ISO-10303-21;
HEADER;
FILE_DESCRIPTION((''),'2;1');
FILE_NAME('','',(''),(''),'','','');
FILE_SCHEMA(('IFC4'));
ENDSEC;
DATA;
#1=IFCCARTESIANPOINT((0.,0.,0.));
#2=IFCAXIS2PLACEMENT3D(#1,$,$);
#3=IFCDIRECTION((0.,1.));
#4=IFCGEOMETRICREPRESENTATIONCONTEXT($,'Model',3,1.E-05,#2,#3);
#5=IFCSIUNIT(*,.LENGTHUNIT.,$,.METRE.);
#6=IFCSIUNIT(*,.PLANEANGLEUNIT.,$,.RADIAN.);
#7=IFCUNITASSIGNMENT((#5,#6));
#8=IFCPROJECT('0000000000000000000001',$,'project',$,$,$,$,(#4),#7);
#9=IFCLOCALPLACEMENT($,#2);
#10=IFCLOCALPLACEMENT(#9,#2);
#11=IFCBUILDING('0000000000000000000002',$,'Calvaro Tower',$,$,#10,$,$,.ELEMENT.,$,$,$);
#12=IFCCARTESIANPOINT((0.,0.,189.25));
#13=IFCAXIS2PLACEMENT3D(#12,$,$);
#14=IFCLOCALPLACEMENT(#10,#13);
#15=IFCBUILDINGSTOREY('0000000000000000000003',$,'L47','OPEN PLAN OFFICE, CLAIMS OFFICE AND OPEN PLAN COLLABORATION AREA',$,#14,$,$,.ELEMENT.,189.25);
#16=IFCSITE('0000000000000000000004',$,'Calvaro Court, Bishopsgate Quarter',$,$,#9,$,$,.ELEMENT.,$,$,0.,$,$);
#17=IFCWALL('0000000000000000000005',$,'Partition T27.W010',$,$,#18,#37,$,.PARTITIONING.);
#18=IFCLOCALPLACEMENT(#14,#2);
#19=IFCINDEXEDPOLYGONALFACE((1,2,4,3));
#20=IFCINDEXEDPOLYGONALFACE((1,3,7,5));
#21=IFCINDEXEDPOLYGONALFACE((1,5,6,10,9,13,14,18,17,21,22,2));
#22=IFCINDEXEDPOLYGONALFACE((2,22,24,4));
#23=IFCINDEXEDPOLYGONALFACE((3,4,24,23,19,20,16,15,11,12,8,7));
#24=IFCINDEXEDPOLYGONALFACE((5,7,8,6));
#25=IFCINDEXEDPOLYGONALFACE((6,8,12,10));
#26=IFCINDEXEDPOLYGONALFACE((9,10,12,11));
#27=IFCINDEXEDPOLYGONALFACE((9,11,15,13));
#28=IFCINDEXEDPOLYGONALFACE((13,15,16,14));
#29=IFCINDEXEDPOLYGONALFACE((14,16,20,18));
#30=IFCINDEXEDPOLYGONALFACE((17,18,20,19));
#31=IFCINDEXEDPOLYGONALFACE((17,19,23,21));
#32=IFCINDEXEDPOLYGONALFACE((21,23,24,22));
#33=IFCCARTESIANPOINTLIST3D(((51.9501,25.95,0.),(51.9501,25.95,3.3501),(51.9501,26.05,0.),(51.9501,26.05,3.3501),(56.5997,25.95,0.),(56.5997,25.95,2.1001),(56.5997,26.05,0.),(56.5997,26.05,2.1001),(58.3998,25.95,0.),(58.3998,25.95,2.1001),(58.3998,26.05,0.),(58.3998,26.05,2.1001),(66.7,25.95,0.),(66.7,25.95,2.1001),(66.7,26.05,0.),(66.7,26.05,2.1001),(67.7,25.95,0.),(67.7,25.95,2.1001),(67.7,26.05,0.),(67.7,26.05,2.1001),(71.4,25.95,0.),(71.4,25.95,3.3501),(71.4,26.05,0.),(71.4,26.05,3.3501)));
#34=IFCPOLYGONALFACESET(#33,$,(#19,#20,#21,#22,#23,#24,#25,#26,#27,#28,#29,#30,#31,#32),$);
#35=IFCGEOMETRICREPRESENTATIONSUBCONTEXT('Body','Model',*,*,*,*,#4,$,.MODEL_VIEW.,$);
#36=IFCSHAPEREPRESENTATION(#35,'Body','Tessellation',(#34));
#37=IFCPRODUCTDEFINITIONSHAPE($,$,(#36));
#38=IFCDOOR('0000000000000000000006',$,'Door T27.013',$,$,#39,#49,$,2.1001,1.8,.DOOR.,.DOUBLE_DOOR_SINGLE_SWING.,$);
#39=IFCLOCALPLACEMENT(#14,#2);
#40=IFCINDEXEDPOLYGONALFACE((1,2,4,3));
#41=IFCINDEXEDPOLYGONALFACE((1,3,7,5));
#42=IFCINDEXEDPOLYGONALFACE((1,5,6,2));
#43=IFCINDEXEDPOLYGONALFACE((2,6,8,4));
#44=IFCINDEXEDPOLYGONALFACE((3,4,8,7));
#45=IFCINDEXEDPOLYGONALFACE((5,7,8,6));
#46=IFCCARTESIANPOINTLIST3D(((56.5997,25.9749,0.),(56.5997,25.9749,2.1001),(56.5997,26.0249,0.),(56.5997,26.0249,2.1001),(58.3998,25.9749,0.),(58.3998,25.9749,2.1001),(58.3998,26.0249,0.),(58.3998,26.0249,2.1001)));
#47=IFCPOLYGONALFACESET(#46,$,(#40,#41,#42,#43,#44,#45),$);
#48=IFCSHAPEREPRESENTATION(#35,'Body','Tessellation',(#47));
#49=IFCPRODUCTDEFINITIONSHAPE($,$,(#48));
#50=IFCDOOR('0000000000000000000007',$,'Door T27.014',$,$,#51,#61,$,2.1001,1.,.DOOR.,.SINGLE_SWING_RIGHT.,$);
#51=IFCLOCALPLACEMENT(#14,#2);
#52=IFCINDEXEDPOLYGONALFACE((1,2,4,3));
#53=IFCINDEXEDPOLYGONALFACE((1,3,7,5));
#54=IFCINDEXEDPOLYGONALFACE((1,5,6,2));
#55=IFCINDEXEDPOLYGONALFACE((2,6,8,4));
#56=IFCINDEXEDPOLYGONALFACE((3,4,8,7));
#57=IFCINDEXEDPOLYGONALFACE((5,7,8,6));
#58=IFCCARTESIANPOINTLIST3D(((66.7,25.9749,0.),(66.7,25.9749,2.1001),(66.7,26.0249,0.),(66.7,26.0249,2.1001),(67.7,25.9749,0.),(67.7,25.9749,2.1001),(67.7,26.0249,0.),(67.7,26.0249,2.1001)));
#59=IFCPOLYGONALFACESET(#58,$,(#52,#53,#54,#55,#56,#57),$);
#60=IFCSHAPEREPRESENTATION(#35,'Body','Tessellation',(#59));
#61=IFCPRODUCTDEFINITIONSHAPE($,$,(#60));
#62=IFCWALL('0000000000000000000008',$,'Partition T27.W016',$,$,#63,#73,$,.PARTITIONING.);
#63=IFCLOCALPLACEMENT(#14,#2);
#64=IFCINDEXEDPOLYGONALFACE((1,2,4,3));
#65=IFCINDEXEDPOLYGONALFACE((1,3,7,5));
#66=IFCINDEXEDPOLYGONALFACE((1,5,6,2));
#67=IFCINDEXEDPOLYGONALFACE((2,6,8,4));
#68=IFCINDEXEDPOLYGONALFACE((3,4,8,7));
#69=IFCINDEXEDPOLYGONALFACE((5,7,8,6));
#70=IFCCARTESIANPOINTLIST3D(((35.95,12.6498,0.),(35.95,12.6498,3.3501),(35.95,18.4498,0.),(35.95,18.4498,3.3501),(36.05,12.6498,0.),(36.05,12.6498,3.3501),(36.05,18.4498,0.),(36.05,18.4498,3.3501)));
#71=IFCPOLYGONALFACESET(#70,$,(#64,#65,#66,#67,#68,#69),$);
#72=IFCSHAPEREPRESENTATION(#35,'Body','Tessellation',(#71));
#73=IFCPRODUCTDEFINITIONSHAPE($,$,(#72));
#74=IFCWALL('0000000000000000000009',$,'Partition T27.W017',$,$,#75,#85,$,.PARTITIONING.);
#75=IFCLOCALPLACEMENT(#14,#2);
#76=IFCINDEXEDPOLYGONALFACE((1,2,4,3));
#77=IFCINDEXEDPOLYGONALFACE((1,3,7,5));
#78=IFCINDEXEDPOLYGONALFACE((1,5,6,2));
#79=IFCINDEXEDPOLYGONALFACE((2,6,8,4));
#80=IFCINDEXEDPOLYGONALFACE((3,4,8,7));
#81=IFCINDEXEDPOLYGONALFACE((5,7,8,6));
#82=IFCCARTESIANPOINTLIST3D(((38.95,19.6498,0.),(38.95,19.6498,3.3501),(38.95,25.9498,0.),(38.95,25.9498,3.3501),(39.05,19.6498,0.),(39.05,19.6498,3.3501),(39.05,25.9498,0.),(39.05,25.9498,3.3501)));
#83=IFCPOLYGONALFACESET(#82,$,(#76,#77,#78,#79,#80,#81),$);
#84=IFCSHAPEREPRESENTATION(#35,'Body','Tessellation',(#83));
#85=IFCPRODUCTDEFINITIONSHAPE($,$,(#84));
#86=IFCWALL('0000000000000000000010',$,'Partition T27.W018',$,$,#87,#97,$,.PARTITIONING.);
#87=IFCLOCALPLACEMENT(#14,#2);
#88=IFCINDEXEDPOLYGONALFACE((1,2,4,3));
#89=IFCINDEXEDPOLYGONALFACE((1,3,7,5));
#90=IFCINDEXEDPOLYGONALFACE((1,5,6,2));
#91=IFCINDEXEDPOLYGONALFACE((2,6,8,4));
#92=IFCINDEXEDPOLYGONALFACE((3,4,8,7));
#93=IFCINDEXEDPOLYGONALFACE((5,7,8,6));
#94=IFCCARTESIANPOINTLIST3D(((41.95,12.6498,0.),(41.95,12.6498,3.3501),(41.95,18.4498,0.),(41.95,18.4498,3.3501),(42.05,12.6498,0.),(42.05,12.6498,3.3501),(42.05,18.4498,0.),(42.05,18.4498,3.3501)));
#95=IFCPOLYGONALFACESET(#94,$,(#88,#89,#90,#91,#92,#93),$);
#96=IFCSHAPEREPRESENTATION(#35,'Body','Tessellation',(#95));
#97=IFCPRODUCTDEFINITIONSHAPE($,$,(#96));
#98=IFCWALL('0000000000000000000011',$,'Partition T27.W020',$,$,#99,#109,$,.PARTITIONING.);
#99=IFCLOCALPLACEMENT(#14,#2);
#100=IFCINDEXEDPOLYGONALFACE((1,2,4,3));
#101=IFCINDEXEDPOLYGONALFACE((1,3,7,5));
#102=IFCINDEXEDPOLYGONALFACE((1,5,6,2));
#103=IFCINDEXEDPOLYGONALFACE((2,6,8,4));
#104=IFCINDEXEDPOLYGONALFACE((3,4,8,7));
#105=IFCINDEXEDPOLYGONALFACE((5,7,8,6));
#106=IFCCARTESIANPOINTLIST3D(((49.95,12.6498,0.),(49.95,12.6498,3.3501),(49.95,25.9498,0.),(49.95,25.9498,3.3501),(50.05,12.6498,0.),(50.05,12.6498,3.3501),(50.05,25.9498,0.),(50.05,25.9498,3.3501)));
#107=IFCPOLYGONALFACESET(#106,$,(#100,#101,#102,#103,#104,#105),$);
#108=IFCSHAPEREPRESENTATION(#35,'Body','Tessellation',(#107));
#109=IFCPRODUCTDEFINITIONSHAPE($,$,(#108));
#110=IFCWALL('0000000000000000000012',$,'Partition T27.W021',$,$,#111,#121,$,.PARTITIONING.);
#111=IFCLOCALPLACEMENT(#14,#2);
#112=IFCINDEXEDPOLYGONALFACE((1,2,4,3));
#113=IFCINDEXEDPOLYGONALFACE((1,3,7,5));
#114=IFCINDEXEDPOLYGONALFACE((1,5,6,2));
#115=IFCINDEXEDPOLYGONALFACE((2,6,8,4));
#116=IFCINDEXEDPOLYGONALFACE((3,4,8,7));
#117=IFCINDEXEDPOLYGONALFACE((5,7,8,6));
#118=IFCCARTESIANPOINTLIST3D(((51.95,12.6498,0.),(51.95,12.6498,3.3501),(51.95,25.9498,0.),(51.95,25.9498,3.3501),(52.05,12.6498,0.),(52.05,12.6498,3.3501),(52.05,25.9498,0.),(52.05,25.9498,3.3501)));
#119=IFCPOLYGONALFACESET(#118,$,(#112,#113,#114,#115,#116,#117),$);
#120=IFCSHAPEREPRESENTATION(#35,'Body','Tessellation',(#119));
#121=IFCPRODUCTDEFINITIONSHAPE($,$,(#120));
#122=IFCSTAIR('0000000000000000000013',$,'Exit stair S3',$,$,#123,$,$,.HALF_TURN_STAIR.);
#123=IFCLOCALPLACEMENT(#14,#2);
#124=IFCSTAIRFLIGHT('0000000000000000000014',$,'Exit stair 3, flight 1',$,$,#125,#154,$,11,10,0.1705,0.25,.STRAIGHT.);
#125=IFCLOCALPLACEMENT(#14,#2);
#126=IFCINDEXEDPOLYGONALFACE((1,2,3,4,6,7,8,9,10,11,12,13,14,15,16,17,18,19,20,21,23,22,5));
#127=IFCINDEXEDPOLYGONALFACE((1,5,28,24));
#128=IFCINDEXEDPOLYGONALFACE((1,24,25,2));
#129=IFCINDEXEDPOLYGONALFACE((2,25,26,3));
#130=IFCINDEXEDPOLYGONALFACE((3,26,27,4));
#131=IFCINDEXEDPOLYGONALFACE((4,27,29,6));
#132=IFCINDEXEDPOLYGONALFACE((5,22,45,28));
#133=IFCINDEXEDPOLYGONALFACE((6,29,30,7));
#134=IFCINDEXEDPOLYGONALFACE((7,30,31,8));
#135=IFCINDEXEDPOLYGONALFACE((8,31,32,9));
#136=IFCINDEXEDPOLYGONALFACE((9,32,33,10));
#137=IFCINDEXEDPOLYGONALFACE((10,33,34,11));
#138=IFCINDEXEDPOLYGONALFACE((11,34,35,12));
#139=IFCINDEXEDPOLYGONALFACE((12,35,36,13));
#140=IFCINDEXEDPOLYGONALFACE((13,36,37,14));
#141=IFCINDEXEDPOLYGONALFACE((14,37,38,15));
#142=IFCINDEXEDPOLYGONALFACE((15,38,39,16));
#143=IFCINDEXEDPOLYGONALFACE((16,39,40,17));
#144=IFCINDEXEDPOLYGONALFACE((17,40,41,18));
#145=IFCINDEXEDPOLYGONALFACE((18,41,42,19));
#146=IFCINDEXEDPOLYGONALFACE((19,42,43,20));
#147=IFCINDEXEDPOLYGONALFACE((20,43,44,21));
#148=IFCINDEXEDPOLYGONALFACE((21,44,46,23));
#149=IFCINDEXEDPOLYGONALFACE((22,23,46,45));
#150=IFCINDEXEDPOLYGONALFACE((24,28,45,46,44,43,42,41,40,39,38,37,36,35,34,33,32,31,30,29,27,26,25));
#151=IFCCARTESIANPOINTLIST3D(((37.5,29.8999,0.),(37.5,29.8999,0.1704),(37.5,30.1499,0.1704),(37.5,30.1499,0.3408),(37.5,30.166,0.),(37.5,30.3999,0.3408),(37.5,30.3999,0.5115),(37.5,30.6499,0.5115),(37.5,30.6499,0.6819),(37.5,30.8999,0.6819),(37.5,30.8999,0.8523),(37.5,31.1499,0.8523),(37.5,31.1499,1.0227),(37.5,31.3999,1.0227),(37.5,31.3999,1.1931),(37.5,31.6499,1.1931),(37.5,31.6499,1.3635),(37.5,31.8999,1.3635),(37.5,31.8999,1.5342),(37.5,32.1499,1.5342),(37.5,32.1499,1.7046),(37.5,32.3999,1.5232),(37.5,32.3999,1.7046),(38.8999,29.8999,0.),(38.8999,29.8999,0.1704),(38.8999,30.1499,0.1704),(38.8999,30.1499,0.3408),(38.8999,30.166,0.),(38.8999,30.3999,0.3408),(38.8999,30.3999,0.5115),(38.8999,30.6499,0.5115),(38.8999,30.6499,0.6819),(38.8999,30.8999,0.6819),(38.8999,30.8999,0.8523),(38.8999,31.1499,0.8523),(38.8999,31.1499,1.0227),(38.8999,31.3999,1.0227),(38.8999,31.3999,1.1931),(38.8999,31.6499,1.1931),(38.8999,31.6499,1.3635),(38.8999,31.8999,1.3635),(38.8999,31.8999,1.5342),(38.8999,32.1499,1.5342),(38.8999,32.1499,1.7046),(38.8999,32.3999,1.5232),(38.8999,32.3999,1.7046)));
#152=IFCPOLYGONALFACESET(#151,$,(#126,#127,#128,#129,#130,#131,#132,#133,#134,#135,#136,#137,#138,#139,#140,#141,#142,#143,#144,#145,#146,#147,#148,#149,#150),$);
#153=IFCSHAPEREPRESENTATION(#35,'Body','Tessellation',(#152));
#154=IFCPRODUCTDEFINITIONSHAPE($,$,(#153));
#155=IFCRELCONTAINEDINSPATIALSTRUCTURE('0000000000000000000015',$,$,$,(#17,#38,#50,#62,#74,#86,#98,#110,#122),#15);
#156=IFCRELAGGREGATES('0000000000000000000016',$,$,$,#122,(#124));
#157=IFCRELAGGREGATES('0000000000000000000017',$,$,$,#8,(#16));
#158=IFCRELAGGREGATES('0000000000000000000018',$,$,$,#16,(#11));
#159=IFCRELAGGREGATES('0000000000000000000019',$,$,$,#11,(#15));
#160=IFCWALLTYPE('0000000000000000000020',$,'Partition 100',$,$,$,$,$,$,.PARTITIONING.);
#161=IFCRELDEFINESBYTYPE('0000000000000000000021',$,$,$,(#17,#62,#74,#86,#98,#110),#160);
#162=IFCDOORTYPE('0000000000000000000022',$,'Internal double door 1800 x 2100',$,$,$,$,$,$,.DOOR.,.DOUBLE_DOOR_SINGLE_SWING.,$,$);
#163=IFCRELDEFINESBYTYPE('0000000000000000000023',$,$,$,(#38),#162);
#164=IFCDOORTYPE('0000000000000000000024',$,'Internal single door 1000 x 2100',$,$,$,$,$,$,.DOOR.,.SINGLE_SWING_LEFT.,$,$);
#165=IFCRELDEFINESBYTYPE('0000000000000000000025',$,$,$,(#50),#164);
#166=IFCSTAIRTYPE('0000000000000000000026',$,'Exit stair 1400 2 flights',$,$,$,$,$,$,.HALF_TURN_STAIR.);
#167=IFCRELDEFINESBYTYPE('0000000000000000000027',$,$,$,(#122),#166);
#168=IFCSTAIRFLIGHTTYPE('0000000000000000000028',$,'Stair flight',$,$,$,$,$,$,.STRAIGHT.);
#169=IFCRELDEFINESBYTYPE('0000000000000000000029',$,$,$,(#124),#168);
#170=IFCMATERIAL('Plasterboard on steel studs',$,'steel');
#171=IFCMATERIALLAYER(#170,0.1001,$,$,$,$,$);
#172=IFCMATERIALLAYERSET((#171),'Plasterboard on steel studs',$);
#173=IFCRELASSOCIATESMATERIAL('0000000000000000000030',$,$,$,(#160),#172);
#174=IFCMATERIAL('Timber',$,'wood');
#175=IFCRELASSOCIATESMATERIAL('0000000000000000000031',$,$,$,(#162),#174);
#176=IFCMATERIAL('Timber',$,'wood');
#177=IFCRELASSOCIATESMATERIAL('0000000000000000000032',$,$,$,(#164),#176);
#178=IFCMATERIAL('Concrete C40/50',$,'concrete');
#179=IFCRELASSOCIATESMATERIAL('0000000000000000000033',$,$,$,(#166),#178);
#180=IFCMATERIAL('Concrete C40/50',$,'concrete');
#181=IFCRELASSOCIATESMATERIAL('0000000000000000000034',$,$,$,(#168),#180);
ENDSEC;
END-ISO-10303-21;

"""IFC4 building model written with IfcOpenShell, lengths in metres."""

from ifc_helpers import new_model, si_unit, direction, frame, frame_2d, origin, place, context, subcontext, project, spatial, polyline, rectangle, outline, extrude, material, layer, layer_set, type_object, element, fill, aggregate, save


model = new_model("IFC4")

# Units and contexts
model_context = context("Model", 3, precision=1e-05, world=origin(), true_north=direction((0.0, 1.0)))
body_context = subcontext(model_context, "Body", "Model", "MODEL_VIEW")
ifc_project = project(units=[si_unit("LENGTHUNIT", "METRE"), si_unit("PLANEANGLEUNIT", "RADIAN")], contexts=[model_context])

# Site, building, storey
site_placement = place(None, origin())
site = spatial("IfcSite", under=ifc_project, at=site_placement, Name="Calvaro Court, Bishopsgate Quarter", CompositionType="ELEMENT", RefElevation=0.0)
building_placement = place(site_placement, origin())
building = spatial("IfcBuilding", under=site, at=building_placement, Name="Calvaro Tower", CompositionType="ELEMENT")
storey_placement = place(building_placement, frame((0.0, 0.0, 189.25)))
storey = spatial("IfcBuildingStorey", under=building, at=storey_placement, Name="L47", Description="OPEN PLAN OFFICE, CLAIMS OFFICE AND OPEN PLAN COLLABORATION AREA", CompositionType="ELEMENT", Elevation=189.25)

# Shared definitions
ifc_material_1 = material(Name="Plasterboard on steel studs", Category="steel")
ifc_layer_1 = layer(ifc_material_1, 0.1001)
ifc_layer_set_1 = layer_set([ifc_layer_1], Name="Plasterboard on steel studs")
wall_type_1 = type_object("IfcWallType", Name="Partition 100", PredefinedType="PARTITIONING", material=ifc_layer_set_1)
ifc_material_2 = material(Name="Timber", Category="wood")
door_type_1 = type_object("IfcDoorType", Name="Internal double door 1800 x 2100", OperationType="DOUBLE_DOOR_SINGLE_SWING", PredefinedType="DOOR", material=ifc_material_2)

# Wall, openings, doors
wall_1_placement = place(storey_placement, frame((51.95, 26.0, 0.0), z_axis=(0.0, 0.0, 1.0), x_axis=(1.0, 0.0, 0.0)))
wall_1 = element("IfcWall", 1, at=wall_1_placement, inside=storey, type_object=wall_type_1, Name="Partition T27.W010", PredefinedType="PARTITIONING", context=body_context, shape_type="SweptSolid", body=[
    extrude(rectangle(XDim=19.45, YDim=0.1001, at=frame_2d((9.7251, 0.0))), origin(), (0.0, 0.0, 1.0), 3.3501),
])
opening_1_placement = place(wall_1_placement, frame((4.6499, 0.0, 0.0)))
opening_1 = element("IfcOpeningElement", 2, at=opening_1_placement, cuts=wall_1, PredefinedType="OPENING", context=body_context, shape_type="SweptSolid", body=[
    extrude(rectangle(XDim=1.8, YDim=2.1001, at=frame_2d((0.8999, 1.05))), frame((0.0, 0.0601, 0.0), z_axis=(0.0, -1.0, 0.0), x_axis=(1.0, 0.0, 0.0)), (0.0, 0.0, 1.0), 0.1201),
])
opening_2_placement = place(wall_1_placement, frame((14.75, 0.0, 0.0)))
opening_2 = element("IfcOpeningElement", 3, at=opening_2_placement, cuts=wall_1, PredefinedType="OPENING", context=body_context, shape_type="SweptSolid", body=[
    extrude(rectangle(XDim=1.0, YDim=2.1001, at=frame_2d((0.5, 1.05))), frame((0.0, 0.0601, 0.0), z_axis=(0.0, -1.0, 0.0), x_axis=(1.0, 0.0, 0.0)), (0.0, 0.0, 1.0), 0.1201),
])
door_1_placement = place(opening_1_placement, origin())
door_1 = element("IfcDoor", 4, at=door_1_placement, inside=storey, type_object=door_type_1, Name="Door T27.013", OperationType="DOUBLE_DOOR_SINGLE_SWING", OverallHeight=2.1001, OverallWidth=1.8, PredefinedType="DOOR", context=body_context, shape_type="SweptSolid", body=[
    extrude(rectangle(XDim=1.8, YDim=2.1001, at=frame_2d((0.8999, 1.05))), frame((0.0, 0.0249, 0.0), z_axis=(0.0, -1.0, 0.0), x_axis=(1.0, 0.0, 0.0)), (0.0, 0.0, 1.0), 0.05),
])
fill(opening_1, door_1)
ifc_material_3 = material(Name="Timber", Category="wood")
door_type_2 = type_object("IfcDoorType", Name="Internal single door 1000 x 2100", OperationType="SINGLE_SWING_LEFT", PredefinedType="DOOR", material=ifc_material_3)
door_2_placement = place(opening_2_placement, origin())
door_2 = element("IfcDoor", 5, at=door_2_placement, inside=storey, type_object=door_type_2, Name="Door T27.014", OperationType="SINGLE_SWING_RIGHT", OverallHeight=2.1001, OverallWidth=1.0, PredefinedType="DOOR", context=body_context, shape_type="SweptSolid", body=[
    extrude(rectangle(XDim=1.0, YDim=2.1001, at=frame_2d((0.5, 1.05))), frame((0.0, 0.0249, 0.0), z_axis=(0.0, -1.0, 0.0), x_axis=(1.0, 0.0, 0.0)), (0.0, 0.0, 1.0), 0.05),
])
fill(opening_2, door_2)

# Walls
wall_2_placement = place(storey_placement, frame((36.0, 12.6499, 0.0), z_axis=(0.0, 0.0, 1.0), x_axis=(0.0, 1.0, 0.0)))
element("IfcWall", 6, at=wall_2_placement, inside=storey, type_object=wall_type_1, Name="Partition T27.W016", PredefinedType="PARTITIONING", context=body_context, shape_type="SweptSolid", body=[
    extrude(rectangle(XDim=5.8, YDim=0.1001, at=frame_2d((2.8999, 0.0))), origin(), (0.0, 0.0, 1.0), 3.3501),
])
wall_3_placement = place(storey_placement, frame((39.0, 19.6499, 0.0), z_axis=(0.0, 0.0, 1.0), x_axis=(0.0, 1.0, 0.0)))
element("IfcWall", 7, at=wall_3_placement, inside=storey, type_object=wall_type_1, Name="Partition T27.W017", PredefinedType="PARTITIONING", context=body_context, shape_type="SweptSolid", body=[
    extrude(rectangle(XDim=6.3, YDim=0.1001, at=frame_2d((3.1499, 0.0))), origin(), (0.0, 0.0, 1.0), 3.3501),
])
wall_4_placement = place(storey_placement, frame((42.0, 12.6499, 0.0), z_axis=(0.0, 0.0, 1.0), x_axis=(0.0, 1.0, 0.0)))
element("IfcWall", 8, at=wall_4_placement, inside=storey, type_object=wall_type_1, Name="Partition T27.W018", PredefinedType="PARTITIONING", context=body_context, shape_type="SweptSolid", body=[
    extrude(rectangle(XDim=5.8, YDim=0.1001, at=frame_2d((2.8999, 0.0))), origin(), (0.0, 0.0, 1.0), 3.3501),
])
for number, where, z_axis, x_axis, name in (
    (9, (50.0, 12.6499, 0.0), (0.0, 0.0, 1.0), (0.0, 1.0, 0.0), "Partition T27.W020"),
    (10, (52.0, 12.6499, 0.0), (0.0, 0.0, 1.0), (0.0, 1.0, 0.0), "Partition T27.W021"),
):
    element("IfcWall", number, at=place(storey_placement, frame(where, z_axis=z_axis, x_axis=x_axis)), inside=storey, type_object=wall_type_1, Name=name, PredefinedType="PARTITIONING", context=body_context, shape_type="SweptSolid", body=[
        extrude(rectangle(XDim=13.3, YDim=0.1001, at=frame_2d((6.6499, 0.0))), origin(), (0.0, 0.0, 1.0), 3.3501),
    ])

# Stair, stair flight
ifc_material_4 = material(Name="Concrete C40/50", Category="concrete")
stair_type = type_object("IfcStairType", Name="Exit stair 1400 2 flights", PredefinedType="HALF_TURN_STAIR", material=ifc_material_4)
stair_placement = place(storey_placement, origin())
stair = element("IfcStair", 11, at=stair_placement, inside=storey, type_object=stair_type, Name="Exit stair S3", PredefinedType="HALF_TURN_STAIR")
ifc_material_5 = material(Name="Concrete C40/50", Category="concrete")
stair_flight_type = type_object("IfcStairFlightType", Name="Stair flight", PredefinedType="STRAIGHT", material=ifc_material_5)
stair_flight_placement = place(storey_placement, frame((38.2, 29.8999, 0.0), z_axis=(0.0, 0.0, 1.0), x_axis=(0.0, 1.0, 0.0)))
stair_flight = element("IfcStairFlight", 12, at=stair_flight_placement, type_object=stair_flight_type, Name="Exit stair 3, flight 1", NumberOfRisers=11, NumberOfTreads=10, PredefinedType="STRAIGHT", RiserHeight=0.1705, TreadLength=0.25, context=body_context, shape_type="SweptSolid", body=[
    extrude(outline(polyline([(0.0, 0.0), (0.0, 0.1704), (0.25, 0.1704), (0.25, 0.3408), (0.5, 0.3408), (0.5, 0.5115), (0.75, 0.5115), (0.75, 0.6819), (1.0, 0.6819), (1.0, 0.8523), (1.25, 0.8523), (1.25, 1.0227), (1.5, 1.0227), (1.5, 1.1931), (1.75, 1.1931), (1.75, 1.3635), (2.0, 1.3635), (2.0, 1.5342), (2.25, 1.5342), (2.25, 1.7046), (2.5, 1.7046), (2.5, 1.875), (2.5, 1.5232), (0.2661, 0.0), (0.0, 0.0)])), frame((0.0, 0.7, 0.0), z_axis=(0.0, -1.0, 0.0), x_axis=(1.0, 0.0, 0.0)), (0.0, 0.0, 1.0), 1.3999),
])
aggregate(stair, [stair_flight])

save(model, "model.ifc")
